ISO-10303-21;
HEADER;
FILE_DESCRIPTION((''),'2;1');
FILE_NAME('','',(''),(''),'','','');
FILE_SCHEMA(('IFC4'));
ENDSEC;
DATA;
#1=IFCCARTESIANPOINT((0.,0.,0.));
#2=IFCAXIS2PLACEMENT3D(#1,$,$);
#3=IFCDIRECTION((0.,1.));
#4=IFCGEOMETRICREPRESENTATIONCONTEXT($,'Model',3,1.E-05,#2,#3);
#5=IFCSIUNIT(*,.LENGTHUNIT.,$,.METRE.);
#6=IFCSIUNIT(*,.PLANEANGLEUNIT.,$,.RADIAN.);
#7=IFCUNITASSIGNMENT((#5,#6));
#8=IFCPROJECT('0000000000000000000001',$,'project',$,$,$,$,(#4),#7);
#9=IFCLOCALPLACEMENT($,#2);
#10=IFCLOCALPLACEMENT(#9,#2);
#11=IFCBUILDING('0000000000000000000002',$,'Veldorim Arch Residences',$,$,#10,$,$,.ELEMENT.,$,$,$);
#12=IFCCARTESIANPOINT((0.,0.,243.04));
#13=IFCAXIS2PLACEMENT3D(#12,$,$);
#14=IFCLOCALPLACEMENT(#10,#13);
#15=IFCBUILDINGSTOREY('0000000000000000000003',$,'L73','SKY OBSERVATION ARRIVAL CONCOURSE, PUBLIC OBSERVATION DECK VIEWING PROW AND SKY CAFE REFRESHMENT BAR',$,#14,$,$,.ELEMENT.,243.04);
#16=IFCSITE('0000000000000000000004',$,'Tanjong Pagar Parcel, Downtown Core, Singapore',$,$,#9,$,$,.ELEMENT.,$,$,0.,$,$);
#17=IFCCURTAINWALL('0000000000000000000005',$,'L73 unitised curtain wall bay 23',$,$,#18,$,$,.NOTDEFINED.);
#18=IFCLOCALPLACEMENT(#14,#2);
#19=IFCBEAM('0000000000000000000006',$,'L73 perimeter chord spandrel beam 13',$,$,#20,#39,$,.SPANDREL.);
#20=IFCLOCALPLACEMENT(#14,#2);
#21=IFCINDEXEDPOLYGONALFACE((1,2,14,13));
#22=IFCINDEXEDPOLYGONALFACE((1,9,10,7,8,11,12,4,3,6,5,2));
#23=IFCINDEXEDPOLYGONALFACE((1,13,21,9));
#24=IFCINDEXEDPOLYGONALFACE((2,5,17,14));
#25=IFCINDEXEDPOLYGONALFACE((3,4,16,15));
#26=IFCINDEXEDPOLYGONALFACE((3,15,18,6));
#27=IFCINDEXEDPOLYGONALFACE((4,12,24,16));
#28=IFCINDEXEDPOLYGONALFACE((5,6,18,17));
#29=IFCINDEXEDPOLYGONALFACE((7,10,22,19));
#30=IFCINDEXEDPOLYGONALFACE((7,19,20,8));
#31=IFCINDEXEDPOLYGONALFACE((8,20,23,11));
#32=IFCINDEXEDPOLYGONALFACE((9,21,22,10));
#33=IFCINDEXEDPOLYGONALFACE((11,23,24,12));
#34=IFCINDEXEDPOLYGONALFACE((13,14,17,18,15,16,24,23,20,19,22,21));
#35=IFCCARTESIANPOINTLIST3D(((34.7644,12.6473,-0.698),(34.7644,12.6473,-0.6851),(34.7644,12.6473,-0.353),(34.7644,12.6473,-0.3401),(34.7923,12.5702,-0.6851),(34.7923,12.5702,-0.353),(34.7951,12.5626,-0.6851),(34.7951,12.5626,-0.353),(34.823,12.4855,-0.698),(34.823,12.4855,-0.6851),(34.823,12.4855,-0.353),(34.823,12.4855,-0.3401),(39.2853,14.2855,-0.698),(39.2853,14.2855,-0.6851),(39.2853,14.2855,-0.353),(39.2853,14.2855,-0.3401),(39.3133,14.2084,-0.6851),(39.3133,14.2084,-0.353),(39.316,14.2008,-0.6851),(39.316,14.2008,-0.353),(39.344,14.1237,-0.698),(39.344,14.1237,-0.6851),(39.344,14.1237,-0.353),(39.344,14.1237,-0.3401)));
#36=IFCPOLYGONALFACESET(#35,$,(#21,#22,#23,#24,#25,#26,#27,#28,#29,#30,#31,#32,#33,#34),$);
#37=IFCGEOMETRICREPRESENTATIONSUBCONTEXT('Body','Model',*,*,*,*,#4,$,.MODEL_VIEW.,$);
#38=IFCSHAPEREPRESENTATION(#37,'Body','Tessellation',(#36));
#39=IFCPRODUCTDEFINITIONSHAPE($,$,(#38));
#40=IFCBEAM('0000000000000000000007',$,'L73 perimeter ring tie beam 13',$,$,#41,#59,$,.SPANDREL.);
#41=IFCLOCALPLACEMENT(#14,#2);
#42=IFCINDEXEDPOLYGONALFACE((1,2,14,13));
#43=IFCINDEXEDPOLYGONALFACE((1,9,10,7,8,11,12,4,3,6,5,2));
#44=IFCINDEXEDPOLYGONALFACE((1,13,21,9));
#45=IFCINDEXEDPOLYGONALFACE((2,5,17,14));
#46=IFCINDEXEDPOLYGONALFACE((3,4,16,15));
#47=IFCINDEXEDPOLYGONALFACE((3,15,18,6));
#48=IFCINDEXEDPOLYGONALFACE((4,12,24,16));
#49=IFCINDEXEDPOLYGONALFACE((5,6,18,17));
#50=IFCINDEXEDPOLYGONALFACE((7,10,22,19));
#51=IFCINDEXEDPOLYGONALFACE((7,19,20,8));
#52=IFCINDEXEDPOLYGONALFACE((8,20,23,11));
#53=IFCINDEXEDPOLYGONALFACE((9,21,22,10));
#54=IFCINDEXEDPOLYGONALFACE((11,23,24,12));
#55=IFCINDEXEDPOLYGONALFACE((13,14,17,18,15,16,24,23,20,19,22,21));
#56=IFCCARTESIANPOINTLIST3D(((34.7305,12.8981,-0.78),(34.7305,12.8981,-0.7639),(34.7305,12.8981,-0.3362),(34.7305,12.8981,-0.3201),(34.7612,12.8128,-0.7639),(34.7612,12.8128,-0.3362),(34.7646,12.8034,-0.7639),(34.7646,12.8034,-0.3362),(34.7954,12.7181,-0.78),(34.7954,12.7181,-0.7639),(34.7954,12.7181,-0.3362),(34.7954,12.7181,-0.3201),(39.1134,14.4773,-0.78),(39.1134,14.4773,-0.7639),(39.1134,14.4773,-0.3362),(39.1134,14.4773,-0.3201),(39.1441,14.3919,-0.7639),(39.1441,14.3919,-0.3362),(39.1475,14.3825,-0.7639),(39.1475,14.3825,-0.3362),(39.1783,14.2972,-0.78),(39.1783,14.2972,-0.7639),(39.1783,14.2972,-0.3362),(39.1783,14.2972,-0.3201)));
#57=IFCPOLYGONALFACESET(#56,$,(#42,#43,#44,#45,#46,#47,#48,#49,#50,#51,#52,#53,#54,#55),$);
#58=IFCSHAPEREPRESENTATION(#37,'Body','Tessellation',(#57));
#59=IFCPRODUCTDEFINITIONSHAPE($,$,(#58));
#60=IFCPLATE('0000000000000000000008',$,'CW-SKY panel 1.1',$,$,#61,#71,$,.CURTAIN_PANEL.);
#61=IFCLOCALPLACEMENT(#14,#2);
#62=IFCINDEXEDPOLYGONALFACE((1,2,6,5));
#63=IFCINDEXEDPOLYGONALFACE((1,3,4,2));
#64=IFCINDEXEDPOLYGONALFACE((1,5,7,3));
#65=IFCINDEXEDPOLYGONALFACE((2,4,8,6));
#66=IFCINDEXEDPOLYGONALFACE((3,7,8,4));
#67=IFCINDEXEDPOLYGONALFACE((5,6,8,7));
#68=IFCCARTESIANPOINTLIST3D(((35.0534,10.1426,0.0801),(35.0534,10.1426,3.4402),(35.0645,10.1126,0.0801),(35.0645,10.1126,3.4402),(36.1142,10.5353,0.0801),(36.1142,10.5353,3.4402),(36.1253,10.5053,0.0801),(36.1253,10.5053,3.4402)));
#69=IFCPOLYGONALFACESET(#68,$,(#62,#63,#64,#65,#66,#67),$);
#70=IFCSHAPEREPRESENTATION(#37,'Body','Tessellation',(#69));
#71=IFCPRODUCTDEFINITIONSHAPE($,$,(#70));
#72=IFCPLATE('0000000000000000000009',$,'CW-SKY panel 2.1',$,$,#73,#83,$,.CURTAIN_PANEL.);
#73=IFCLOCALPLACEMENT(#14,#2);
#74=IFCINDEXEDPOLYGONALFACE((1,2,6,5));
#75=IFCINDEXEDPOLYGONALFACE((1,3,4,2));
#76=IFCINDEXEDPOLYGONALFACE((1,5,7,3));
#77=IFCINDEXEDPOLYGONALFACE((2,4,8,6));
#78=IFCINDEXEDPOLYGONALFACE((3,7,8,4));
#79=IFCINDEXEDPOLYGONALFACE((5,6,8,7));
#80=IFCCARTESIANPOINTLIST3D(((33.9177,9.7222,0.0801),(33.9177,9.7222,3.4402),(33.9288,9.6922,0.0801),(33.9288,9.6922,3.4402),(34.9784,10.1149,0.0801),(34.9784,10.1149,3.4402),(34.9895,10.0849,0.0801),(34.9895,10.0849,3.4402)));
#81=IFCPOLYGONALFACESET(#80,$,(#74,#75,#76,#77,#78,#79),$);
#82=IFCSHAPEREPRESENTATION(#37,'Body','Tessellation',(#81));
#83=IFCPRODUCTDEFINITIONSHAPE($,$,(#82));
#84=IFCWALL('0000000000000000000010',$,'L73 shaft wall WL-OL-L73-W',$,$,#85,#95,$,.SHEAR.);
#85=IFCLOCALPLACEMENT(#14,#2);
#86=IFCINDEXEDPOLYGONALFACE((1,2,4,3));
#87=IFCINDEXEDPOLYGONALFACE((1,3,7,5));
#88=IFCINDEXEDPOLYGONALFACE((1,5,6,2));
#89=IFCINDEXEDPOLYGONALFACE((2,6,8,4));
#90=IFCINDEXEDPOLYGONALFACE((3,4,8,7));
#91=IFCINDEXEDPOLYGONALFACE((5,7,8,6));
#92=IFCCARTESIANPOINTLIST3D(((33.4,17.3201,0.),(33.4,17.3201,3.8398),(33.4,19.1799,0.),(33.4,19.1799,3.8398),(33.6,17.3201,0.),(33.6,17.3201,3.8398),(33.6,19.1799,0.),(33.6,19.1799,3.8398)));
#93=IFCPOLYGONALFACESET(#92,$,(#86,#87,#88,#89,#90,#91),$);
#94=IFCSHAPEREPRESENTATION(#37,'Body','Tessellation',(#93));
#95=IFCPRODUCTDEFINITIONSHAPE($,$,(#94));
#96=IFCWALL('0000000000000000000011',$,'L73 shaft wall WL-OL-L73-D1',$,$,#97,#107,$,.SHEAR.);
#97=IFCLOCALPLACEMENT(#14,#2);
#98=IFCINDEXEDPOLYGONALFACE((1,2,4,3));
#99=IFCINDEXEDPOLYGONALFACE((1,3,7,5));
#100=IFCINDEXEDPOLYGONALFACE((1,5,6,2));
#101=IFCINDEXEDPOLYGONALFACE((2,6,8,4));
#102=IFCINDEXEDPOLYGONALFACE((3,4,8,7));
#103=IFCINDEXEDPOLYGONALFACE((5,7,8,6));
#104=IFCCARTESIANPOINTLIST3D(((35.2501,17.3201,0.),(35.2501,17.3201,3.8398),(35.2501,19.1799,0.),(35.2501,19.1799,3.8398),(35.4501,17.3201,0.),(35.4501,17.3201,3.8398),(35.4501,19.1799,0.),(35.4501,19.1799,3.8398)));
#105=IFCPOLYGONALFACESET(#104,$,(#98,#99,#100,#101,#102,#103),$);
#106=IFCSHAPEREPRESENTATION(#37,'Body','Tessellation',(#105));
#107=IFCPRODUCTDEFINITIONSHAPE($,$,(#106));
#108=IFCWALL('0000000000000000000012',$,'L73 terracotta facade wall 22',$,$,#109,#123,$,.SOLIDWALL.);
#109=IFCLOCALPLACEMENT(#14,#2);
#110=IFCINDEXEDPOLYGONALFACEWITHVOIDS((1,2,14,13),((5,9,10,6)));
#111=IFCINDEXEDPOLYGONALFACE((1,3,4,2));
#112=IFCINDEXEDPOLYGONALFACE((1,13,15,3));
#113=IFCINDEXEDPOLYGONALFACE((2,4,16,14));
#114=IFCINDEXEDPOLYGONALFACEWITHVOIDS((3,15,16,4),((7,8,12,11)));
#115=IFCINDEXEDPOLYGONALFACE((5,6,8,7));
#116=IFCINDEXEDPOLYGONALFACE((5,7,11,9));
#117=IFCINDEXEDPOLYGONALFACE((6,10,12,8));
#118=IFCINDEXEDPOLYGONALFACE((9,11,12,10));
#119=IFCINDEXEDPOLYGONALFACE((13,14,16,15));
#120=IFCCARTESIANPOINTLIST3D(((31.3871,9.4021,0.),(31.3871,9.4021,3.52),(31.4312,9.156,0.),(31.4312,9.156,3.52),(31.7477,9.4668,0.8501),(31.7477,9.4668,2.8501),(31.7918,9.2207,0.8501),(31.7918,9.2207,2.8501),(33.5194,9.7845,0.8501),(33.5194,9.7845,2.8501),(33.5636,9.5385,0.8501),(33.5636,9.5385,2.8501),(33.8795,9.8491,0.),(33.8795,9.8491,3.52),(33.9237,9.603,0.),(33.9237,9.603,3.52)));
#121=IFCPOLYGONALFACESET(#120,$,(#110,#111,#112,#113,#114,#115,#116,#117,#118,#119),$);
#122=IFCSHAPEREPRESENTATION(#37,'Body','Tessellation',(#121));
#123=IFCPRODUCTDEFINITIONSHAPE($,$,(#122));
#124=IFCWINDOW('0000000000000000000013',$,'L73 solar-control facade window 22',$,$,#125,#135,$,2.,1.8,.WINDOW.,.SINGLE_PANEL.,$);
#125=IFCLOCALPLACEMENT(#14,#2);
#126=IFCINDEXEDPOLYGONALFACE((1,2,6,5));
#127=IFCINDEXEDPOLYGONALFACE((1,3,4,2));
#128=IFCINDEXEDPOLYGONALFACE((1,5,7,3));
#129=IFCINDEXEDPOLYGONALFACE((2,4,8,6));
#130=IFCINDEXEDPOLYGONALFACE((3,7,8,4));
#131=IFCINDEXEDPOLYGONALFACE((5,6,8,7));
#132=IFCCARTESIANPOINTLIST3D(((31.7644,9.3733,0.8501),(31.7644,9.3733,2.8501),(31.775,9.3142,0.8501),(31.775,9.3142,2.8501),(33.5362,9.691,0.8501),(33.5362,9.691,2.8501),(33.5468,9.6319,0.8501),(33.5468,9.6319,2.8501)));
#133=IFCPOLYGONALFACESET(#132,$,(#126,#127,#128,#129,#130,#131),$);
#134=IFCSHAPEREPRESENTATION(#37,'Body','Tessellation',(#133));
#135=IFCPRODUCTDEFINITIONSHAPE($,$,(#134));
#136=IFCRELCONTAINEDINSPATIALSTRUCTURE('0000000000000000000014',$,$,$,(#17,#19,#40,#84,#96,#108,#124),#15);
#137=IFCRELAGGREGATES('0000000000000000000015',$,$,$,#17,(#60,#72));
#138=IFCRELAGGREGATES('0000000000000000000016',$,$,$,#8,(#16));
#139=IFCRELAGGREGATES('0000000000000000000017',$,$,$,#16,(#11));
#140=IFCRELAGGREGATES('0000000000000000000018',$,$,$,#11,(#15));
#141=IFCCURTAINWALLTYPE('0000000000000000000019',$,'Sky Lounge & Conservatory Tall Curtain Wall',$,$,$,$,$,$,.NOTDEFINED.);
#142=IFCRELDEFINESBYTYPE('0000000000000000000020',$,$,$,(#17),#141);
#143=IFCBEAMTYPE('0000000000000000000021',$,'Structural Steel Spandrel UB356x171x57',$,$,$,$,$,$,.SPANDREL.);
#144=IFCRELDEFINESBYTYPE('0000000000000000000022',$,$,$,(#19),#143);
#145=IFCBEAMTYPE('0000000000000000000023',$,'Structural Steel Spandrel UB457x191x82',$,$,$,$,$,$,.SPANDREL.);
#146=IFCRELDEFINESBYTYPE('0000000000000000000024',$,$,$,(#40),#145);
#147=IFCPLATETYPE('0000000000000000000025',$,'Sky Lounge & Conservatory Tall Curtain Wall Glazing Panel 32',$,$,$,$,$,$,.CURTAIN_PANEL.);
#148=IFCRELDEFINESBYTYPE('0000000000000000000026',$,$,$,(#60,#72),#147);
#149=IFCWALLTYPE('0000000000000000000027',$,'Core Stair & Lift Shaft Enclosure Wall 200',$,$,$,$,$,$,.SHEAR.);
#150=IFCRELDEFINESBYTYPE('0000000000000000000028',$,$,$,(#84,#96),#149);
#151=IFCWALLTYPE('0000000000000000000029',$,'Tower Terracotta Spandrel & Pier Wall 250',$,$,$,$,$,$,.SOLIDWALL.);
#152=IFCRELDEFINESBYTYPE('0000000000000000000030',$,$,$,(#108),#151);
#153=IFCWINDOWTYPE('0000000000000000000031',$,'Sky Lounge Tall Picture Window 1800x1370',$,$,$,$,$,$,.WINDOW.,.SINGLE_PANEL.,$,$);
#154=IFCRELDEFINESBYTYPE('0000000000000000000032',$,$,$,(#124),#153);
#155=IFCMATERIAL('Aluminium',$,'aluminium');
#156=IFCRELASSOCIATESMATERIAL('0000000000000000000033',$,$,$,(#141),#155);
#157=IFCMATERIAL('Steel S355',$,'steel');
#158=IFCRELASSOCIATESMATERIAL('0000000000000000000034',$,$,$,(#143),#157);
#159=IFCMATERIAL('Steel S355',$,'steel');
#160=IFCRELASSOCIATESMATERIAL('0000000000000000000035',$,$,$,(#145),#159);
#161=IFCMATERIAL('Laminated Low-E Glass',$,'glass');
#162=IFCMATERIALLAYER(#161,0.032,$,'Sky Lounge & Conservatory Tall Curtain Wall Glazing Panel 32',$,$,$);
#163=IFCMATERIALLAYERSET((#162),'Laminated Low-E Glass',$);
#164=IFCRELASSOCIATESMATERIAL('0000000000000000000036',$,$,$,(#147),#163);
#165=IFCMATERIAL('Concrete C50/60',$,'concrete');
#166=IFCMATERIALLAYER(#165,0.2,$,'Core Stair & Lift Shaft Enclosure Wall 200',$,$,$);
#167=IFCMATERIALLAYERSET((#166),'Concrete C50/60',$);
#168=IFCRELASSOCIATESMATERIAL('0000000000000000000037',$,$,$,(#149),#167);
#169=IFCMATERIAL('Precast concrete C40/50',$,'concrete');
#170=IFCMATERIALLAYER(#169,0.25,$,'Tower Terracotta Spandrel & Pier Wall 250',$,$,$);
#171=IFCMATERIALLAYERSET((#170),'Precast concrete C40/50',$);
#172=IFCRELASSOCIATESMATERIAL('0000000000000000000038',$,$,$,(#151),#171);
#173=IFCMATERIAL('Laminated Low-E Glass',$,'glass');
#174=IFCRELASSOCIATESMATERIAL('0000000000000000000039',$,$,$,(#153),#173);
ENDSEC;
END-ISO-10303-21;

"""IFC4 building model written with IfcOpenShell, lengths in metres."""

from ifc_helpers import new_model, si_unit, direction, frame, frame_2d, origin, origin_2d, place, context, subcontext, project, spatial, rectangle, i_section, extrude, material, layer, layer_set, material_profile, profile_set, type_object, element, fill, aggregate, save


model = new_model("IFC4")

# Units and contexts
model_context = context("Model", 3, precision=1e-05, world=origin(), true_north=direction((0.0, 1.0)))
body_context = subcontext(model_context, "Body", "Model", "MODEL_VIEW")
ifc_project = project(units=[si_unit("LENGTHUNIT", "METRE"), si_unit("PLANEANGLEUNIT", "RADIAN")], contexts=[model_context])

# Site, building, storey
site_placement = place(None, origin())
site = spatial("IfcSite", under=ifc_project, at=site_placement, Name="Tanjong Pagar Parcel, Downtown Core, Singapore", CompositionType="ELEMENT", RefElevation=0.0)
building_placement = place(site_placement, origin())
building = spatial("IfcBuilding", under=site, at=building_placement, Name="Veldorim Arch Residences", CompositionType="ELEMENT")
storey_placement = place(building_placement, frame((0.0, 0.0, 243.04)))
storey = spatial("IfcBuildingStorey", under=building, at=storey_placement, Name="L73", Description="SKY OBSERVATION ARRIVAL CONCOURSE, PUBLIC OBSERVATION DECK VIEWING PROW AND SKY CAFE REFRESHMENT BAR", CompositionType="ELEMENT", Elevation=243.04)

# Curtain wall
ifc_material_1 = material(Name="Aluminium", Category="aluminium")
curtain_wall_type = type_object("IfcCurtainWallType", Name="Sky Lounge & Conservatory Tall Curtain Wall", PredefinedType="NOTDEFINED", material=ifc_material_1)
curtain_wall_placement = place(storey_placement, origin())
curtain_wall = element("IfcCurtainWall", 1, at=curtain_wall_placement, inside=storey, type_object=curtain_wall_type, Name="L73 unitised curtain wall bay 23", PredefinedType="NOTDEFINED")

# Beams
ifc_material_2 = material(Name="Steel S355", Category="steel")
ifc_material_profile_1 = material_profile(ifc_material_2, i_section(OverallWidth=0.1721, OverallDepth=0.3579, WebThickness=0.0081, FlangeThickness=0.0129, at=origin_2d()), Name="UB356x171x57")
ifc_profile_set_1 = profile_set([ifc_material_profile_1], Name="Steel S355")
beam_type_1 = type_object("IfcBeamType", Name="Structural Steel Spandrel UB356x171x57", PredefinedType="SPANDREL", material=ifc_profile_set_1)
beam_1_placement = place(storey_placement, frame((34.7937, 12.5664, -0.519), z_axis=(0.940181, 0.340675, 0.0), x_axis=(-0.340675, 0.940181, 0.0)))
element("IfcBeam", 2, at=beam_1_placement, inside=storey, type_object=beam_type_1, Name="L73 perimeter chord spandrel beam 13", PredefinedType="SPANDREL", context=body_context, shape_type="SweptSolid", body=[
    extrude(i_section(OverallWidth=0.1721, OverallDepth=0.3579, WebThickness=0.0081, FlangeThickness=0.0129, at=origin_2d()), origin(), (0.0, 0.0, 1.0), 4.8086),
])
ifc_material_3 = material(Name="Steel S355", Category="steel")
ifc_material_profile_2 = material_profile(ifc_material_3, i_section(OverallWidth=0.1914, OverallDepth=0.46, WebThickness=0.01, FlangeThickness=0.0161, at=origin_2d()), Name="UB457x191x82")
ifc_profile_set_2 = profile_set([ifc_material_profile_2], Name="Steel S355")
beam_type_2 = type_object("IfcBeamType", Name="Structural Steel Spandrel UB457x191x82", PredefinedType="SPANDREL", material=ifc_profile_set_2)
beam_2_placement = place(storey_placement, frame((34.7629, 12.8081, -0.55), z_axis=(0.940799, 0.338964, 0.0), x_axis=(-0.338964, 0.940799, 0.0)))
element("IfcBeam", 3, at=beam_2_placement, inside=storey, type_object=beam_type_2, Name="L73 perimeter ring tie beam 13", PredefinedType="SPANDREL", context=body_context, shape_type="SweptSolid", body=[
    extrude(i_section(OverallWidth=0.1914, OverallDepth=0.46, WebThickness=0.01, FlangeThickness=0.0161, at=origin_2d()), origin(), (0.0, 0.0, 1.0), 4.6587),
])

# Plates
ifc_material_4 = material(Name="Laminated Low-E Glass", Category="glass")
ifc_layer_1 = layer(ifc_material_4, 0.032, Name="Sky Lounge & Conservatory Tall Curtain Wall Glazing Panel 32")
ifc_layer_set_1 = layer_set([ifc_layer_1], Name="Laminated Low-E Glass")
plate_type = type_object("IfcPlateType", Name="Sky Lounge & Conservatory Tall Curtain Wall Glazing Panel 32", PredefinedType="CURTAIN_PANEL", material=ifc_layer_set_1)
plate_1_placement = place(storey_placement, frame((35.5894, 10.324, 0.0801), z_axis=(0.0, 0.0, 1.0), x_axis=(-0.937802, -0.34717, 0.0)))
plate_1 = element("IfcPlate", 4, at=plate_1_placement, type_object=plate_type, Name="CW-SKY panel 1.1", PredefinedType="CURTAIN_PANEL", context=body_context, shape_type="SweptSolid", body=[
    extrude(rectangle(XDim=1.1311, YDim=0.032, at=origin_2d()), origin(), (0.0, 0.0, 1.0), 3.3601),
])
plate_2_placement = place(storey_placement, frame((34.4536, 9.9036, 0.0801), z_axis=(0.0, 0.0, 1.0), x_axis=(-0.937802, -0.34717, 0.0)))
plate_2 = element("IfcPlate", 5, at=plate_2_placement, type_object=plate_type, Name="CW-SKY panel 2.1", PredefinedType="CURTAIN_PANEL", context=body_context, shape_type="SweptSolid", body=[
    extrude(rectangle(XDim=1.1311, YDim=0.032, at=origin_2d()), origin(), (0.0, 0.0, 1.0), 3.3601),
])
aggregate(curtain_wall, [plate_1, plate_2])

# Walls
ifc_material_5 = material(Name="Concrete C50/60", Category="concrete")
ifc_layer_2 = layer(ifc_material_5, 0.2, Name="Core Stair & Lift Shaft Enclosure Wall 200")
ifc_layer_set_2 = layer_set([ifc_layer_2], Name="Concrete C50/60")
wall_type_1 = type_object("IfcWallType", Name="Core Stair & Lift Shaft Enclosure Wall 200", PredefinedType="SHEAR", material=ifc_layer_set_2)
for number, where, z_axis, x_axis, name in (
    (6, (33.5, 17.3201, 0.0), (0.0, 0.0, 1.0), (0.0, 1.0, 0.0), "L73 shaft wall WL-OL-L73-W"),
    (7, (35.3501, 17.3201, 0.0), (0.0, 0.0, 1.0), (0.0, 1.0, 0.0), "L73 shaft wall WL-OL-L73-D1"),
):
    element("IfcWall", number, at=place(storey_placement, frame(where, z_axis=z_axis, x_axis=x_axis)), inside=storey, type_object=wall_type_1, Name=name, PredefinedType="SHEAR", context=body_context, shape_type="SweptSolid", body=[
        extrude(rectangle(XDim=1.8599, YDim=0.2, at=frame_2d((0.9299, 0.0))), origin(), (0.0, 0.0, 1.0), 3.8398),
    ])

# Wall, opening, window
ifc_material_6 = material(Name="Precast concrete C40/50", Category="concrete")
ifc_layer_3 = layer(ifc_material_6, 0.25, Name="Tower Terracotta Spandrel & Pier Wall 250")
ifc_layer_set_3 = layer_set([ifc_layer_3], Name="Precast concrete C40/50")
wall_type_2 = type_object("IfcWallType", Name="Tower Terracotta Spandrel & Pier Wall 250", PredefinedType="SOLIDWALL", material=ifc_layer_set_3)
wall_placement = place(storey_placement, frame((33.9016, 9.7261, 0.0), z_axis=(0.0, 0.0, 1.0), x_axis=(-0.984294, -0.176535, 0.0)))
wall = element("IfcWall", 8, at=wall_placement, inside=storey, type_object=wall_type_2, Name="L73 terracotta facade wall 22", PredefinedType="SOLIDWALL", context=body_context, shape_type="SweptSolid", body=[
    extrude(rectangle(XDim=2.5322, YDim=0.25, at=frame_2d((1.2661, 0.0))), origin(), (0.0, 0.0, 1.0), 3.52),
])
opening_placement = place(wall_placement, frame((0.366, 0.0, 0.8501)))
opening = element("IfcOpeningElement", 9, at=opening_placement, cuts=wall, PredefinedType="OPENING", context=body_context, shape_type="SweptSolid", body=[
    extrude(rectangle(XDim=1.8, YDim=2.0, at=frame_2d((0.8999, 1.0))), frame((0.0, 0.135, 0.0), z_axis=(0.0, -1.0, 0.0), x_axis=(1.0, 0.0, 0.0)), (0.0, 0.0, 1.0), 0.27),
])
ifc_material_7 = material(Name="Laminated Low-E Glass", Category="glass")
window_type = type_object("IfcWindowType", Name="Sky Lounge Tall Picture Window 1800x1370", PartitioningType="SINGLE_PANEL", PredefinedType="WINDOW", material=ifc_material_7)
window_placement = place(opening_placement, origin())
window = element("IfcWindow", 10, at=window_placement, inside=storey, type_object=window_type, Name="L73 solar-control facade window 22", OverallHeight=2.0, OverallWidth=1.8, PartitioningType="SINGLE_PANEL", PredefinedType="WINDOW", context=body_context, shape_type="SweptSolid", body=[
    extrude(rectangle(XDim=1.8, YDim=2.0, at=frame_2d((0.8999, 1.0))), frame((0.0, 0.03, 0.0), z_axis=(0.0, -1.0, 0.0), x_axis=(1.0, 0.0, 0.0)), (0.0, 0.0, 1.0), 0.0601),
])
fill(opening, window)

save(model, "model.ifc")
